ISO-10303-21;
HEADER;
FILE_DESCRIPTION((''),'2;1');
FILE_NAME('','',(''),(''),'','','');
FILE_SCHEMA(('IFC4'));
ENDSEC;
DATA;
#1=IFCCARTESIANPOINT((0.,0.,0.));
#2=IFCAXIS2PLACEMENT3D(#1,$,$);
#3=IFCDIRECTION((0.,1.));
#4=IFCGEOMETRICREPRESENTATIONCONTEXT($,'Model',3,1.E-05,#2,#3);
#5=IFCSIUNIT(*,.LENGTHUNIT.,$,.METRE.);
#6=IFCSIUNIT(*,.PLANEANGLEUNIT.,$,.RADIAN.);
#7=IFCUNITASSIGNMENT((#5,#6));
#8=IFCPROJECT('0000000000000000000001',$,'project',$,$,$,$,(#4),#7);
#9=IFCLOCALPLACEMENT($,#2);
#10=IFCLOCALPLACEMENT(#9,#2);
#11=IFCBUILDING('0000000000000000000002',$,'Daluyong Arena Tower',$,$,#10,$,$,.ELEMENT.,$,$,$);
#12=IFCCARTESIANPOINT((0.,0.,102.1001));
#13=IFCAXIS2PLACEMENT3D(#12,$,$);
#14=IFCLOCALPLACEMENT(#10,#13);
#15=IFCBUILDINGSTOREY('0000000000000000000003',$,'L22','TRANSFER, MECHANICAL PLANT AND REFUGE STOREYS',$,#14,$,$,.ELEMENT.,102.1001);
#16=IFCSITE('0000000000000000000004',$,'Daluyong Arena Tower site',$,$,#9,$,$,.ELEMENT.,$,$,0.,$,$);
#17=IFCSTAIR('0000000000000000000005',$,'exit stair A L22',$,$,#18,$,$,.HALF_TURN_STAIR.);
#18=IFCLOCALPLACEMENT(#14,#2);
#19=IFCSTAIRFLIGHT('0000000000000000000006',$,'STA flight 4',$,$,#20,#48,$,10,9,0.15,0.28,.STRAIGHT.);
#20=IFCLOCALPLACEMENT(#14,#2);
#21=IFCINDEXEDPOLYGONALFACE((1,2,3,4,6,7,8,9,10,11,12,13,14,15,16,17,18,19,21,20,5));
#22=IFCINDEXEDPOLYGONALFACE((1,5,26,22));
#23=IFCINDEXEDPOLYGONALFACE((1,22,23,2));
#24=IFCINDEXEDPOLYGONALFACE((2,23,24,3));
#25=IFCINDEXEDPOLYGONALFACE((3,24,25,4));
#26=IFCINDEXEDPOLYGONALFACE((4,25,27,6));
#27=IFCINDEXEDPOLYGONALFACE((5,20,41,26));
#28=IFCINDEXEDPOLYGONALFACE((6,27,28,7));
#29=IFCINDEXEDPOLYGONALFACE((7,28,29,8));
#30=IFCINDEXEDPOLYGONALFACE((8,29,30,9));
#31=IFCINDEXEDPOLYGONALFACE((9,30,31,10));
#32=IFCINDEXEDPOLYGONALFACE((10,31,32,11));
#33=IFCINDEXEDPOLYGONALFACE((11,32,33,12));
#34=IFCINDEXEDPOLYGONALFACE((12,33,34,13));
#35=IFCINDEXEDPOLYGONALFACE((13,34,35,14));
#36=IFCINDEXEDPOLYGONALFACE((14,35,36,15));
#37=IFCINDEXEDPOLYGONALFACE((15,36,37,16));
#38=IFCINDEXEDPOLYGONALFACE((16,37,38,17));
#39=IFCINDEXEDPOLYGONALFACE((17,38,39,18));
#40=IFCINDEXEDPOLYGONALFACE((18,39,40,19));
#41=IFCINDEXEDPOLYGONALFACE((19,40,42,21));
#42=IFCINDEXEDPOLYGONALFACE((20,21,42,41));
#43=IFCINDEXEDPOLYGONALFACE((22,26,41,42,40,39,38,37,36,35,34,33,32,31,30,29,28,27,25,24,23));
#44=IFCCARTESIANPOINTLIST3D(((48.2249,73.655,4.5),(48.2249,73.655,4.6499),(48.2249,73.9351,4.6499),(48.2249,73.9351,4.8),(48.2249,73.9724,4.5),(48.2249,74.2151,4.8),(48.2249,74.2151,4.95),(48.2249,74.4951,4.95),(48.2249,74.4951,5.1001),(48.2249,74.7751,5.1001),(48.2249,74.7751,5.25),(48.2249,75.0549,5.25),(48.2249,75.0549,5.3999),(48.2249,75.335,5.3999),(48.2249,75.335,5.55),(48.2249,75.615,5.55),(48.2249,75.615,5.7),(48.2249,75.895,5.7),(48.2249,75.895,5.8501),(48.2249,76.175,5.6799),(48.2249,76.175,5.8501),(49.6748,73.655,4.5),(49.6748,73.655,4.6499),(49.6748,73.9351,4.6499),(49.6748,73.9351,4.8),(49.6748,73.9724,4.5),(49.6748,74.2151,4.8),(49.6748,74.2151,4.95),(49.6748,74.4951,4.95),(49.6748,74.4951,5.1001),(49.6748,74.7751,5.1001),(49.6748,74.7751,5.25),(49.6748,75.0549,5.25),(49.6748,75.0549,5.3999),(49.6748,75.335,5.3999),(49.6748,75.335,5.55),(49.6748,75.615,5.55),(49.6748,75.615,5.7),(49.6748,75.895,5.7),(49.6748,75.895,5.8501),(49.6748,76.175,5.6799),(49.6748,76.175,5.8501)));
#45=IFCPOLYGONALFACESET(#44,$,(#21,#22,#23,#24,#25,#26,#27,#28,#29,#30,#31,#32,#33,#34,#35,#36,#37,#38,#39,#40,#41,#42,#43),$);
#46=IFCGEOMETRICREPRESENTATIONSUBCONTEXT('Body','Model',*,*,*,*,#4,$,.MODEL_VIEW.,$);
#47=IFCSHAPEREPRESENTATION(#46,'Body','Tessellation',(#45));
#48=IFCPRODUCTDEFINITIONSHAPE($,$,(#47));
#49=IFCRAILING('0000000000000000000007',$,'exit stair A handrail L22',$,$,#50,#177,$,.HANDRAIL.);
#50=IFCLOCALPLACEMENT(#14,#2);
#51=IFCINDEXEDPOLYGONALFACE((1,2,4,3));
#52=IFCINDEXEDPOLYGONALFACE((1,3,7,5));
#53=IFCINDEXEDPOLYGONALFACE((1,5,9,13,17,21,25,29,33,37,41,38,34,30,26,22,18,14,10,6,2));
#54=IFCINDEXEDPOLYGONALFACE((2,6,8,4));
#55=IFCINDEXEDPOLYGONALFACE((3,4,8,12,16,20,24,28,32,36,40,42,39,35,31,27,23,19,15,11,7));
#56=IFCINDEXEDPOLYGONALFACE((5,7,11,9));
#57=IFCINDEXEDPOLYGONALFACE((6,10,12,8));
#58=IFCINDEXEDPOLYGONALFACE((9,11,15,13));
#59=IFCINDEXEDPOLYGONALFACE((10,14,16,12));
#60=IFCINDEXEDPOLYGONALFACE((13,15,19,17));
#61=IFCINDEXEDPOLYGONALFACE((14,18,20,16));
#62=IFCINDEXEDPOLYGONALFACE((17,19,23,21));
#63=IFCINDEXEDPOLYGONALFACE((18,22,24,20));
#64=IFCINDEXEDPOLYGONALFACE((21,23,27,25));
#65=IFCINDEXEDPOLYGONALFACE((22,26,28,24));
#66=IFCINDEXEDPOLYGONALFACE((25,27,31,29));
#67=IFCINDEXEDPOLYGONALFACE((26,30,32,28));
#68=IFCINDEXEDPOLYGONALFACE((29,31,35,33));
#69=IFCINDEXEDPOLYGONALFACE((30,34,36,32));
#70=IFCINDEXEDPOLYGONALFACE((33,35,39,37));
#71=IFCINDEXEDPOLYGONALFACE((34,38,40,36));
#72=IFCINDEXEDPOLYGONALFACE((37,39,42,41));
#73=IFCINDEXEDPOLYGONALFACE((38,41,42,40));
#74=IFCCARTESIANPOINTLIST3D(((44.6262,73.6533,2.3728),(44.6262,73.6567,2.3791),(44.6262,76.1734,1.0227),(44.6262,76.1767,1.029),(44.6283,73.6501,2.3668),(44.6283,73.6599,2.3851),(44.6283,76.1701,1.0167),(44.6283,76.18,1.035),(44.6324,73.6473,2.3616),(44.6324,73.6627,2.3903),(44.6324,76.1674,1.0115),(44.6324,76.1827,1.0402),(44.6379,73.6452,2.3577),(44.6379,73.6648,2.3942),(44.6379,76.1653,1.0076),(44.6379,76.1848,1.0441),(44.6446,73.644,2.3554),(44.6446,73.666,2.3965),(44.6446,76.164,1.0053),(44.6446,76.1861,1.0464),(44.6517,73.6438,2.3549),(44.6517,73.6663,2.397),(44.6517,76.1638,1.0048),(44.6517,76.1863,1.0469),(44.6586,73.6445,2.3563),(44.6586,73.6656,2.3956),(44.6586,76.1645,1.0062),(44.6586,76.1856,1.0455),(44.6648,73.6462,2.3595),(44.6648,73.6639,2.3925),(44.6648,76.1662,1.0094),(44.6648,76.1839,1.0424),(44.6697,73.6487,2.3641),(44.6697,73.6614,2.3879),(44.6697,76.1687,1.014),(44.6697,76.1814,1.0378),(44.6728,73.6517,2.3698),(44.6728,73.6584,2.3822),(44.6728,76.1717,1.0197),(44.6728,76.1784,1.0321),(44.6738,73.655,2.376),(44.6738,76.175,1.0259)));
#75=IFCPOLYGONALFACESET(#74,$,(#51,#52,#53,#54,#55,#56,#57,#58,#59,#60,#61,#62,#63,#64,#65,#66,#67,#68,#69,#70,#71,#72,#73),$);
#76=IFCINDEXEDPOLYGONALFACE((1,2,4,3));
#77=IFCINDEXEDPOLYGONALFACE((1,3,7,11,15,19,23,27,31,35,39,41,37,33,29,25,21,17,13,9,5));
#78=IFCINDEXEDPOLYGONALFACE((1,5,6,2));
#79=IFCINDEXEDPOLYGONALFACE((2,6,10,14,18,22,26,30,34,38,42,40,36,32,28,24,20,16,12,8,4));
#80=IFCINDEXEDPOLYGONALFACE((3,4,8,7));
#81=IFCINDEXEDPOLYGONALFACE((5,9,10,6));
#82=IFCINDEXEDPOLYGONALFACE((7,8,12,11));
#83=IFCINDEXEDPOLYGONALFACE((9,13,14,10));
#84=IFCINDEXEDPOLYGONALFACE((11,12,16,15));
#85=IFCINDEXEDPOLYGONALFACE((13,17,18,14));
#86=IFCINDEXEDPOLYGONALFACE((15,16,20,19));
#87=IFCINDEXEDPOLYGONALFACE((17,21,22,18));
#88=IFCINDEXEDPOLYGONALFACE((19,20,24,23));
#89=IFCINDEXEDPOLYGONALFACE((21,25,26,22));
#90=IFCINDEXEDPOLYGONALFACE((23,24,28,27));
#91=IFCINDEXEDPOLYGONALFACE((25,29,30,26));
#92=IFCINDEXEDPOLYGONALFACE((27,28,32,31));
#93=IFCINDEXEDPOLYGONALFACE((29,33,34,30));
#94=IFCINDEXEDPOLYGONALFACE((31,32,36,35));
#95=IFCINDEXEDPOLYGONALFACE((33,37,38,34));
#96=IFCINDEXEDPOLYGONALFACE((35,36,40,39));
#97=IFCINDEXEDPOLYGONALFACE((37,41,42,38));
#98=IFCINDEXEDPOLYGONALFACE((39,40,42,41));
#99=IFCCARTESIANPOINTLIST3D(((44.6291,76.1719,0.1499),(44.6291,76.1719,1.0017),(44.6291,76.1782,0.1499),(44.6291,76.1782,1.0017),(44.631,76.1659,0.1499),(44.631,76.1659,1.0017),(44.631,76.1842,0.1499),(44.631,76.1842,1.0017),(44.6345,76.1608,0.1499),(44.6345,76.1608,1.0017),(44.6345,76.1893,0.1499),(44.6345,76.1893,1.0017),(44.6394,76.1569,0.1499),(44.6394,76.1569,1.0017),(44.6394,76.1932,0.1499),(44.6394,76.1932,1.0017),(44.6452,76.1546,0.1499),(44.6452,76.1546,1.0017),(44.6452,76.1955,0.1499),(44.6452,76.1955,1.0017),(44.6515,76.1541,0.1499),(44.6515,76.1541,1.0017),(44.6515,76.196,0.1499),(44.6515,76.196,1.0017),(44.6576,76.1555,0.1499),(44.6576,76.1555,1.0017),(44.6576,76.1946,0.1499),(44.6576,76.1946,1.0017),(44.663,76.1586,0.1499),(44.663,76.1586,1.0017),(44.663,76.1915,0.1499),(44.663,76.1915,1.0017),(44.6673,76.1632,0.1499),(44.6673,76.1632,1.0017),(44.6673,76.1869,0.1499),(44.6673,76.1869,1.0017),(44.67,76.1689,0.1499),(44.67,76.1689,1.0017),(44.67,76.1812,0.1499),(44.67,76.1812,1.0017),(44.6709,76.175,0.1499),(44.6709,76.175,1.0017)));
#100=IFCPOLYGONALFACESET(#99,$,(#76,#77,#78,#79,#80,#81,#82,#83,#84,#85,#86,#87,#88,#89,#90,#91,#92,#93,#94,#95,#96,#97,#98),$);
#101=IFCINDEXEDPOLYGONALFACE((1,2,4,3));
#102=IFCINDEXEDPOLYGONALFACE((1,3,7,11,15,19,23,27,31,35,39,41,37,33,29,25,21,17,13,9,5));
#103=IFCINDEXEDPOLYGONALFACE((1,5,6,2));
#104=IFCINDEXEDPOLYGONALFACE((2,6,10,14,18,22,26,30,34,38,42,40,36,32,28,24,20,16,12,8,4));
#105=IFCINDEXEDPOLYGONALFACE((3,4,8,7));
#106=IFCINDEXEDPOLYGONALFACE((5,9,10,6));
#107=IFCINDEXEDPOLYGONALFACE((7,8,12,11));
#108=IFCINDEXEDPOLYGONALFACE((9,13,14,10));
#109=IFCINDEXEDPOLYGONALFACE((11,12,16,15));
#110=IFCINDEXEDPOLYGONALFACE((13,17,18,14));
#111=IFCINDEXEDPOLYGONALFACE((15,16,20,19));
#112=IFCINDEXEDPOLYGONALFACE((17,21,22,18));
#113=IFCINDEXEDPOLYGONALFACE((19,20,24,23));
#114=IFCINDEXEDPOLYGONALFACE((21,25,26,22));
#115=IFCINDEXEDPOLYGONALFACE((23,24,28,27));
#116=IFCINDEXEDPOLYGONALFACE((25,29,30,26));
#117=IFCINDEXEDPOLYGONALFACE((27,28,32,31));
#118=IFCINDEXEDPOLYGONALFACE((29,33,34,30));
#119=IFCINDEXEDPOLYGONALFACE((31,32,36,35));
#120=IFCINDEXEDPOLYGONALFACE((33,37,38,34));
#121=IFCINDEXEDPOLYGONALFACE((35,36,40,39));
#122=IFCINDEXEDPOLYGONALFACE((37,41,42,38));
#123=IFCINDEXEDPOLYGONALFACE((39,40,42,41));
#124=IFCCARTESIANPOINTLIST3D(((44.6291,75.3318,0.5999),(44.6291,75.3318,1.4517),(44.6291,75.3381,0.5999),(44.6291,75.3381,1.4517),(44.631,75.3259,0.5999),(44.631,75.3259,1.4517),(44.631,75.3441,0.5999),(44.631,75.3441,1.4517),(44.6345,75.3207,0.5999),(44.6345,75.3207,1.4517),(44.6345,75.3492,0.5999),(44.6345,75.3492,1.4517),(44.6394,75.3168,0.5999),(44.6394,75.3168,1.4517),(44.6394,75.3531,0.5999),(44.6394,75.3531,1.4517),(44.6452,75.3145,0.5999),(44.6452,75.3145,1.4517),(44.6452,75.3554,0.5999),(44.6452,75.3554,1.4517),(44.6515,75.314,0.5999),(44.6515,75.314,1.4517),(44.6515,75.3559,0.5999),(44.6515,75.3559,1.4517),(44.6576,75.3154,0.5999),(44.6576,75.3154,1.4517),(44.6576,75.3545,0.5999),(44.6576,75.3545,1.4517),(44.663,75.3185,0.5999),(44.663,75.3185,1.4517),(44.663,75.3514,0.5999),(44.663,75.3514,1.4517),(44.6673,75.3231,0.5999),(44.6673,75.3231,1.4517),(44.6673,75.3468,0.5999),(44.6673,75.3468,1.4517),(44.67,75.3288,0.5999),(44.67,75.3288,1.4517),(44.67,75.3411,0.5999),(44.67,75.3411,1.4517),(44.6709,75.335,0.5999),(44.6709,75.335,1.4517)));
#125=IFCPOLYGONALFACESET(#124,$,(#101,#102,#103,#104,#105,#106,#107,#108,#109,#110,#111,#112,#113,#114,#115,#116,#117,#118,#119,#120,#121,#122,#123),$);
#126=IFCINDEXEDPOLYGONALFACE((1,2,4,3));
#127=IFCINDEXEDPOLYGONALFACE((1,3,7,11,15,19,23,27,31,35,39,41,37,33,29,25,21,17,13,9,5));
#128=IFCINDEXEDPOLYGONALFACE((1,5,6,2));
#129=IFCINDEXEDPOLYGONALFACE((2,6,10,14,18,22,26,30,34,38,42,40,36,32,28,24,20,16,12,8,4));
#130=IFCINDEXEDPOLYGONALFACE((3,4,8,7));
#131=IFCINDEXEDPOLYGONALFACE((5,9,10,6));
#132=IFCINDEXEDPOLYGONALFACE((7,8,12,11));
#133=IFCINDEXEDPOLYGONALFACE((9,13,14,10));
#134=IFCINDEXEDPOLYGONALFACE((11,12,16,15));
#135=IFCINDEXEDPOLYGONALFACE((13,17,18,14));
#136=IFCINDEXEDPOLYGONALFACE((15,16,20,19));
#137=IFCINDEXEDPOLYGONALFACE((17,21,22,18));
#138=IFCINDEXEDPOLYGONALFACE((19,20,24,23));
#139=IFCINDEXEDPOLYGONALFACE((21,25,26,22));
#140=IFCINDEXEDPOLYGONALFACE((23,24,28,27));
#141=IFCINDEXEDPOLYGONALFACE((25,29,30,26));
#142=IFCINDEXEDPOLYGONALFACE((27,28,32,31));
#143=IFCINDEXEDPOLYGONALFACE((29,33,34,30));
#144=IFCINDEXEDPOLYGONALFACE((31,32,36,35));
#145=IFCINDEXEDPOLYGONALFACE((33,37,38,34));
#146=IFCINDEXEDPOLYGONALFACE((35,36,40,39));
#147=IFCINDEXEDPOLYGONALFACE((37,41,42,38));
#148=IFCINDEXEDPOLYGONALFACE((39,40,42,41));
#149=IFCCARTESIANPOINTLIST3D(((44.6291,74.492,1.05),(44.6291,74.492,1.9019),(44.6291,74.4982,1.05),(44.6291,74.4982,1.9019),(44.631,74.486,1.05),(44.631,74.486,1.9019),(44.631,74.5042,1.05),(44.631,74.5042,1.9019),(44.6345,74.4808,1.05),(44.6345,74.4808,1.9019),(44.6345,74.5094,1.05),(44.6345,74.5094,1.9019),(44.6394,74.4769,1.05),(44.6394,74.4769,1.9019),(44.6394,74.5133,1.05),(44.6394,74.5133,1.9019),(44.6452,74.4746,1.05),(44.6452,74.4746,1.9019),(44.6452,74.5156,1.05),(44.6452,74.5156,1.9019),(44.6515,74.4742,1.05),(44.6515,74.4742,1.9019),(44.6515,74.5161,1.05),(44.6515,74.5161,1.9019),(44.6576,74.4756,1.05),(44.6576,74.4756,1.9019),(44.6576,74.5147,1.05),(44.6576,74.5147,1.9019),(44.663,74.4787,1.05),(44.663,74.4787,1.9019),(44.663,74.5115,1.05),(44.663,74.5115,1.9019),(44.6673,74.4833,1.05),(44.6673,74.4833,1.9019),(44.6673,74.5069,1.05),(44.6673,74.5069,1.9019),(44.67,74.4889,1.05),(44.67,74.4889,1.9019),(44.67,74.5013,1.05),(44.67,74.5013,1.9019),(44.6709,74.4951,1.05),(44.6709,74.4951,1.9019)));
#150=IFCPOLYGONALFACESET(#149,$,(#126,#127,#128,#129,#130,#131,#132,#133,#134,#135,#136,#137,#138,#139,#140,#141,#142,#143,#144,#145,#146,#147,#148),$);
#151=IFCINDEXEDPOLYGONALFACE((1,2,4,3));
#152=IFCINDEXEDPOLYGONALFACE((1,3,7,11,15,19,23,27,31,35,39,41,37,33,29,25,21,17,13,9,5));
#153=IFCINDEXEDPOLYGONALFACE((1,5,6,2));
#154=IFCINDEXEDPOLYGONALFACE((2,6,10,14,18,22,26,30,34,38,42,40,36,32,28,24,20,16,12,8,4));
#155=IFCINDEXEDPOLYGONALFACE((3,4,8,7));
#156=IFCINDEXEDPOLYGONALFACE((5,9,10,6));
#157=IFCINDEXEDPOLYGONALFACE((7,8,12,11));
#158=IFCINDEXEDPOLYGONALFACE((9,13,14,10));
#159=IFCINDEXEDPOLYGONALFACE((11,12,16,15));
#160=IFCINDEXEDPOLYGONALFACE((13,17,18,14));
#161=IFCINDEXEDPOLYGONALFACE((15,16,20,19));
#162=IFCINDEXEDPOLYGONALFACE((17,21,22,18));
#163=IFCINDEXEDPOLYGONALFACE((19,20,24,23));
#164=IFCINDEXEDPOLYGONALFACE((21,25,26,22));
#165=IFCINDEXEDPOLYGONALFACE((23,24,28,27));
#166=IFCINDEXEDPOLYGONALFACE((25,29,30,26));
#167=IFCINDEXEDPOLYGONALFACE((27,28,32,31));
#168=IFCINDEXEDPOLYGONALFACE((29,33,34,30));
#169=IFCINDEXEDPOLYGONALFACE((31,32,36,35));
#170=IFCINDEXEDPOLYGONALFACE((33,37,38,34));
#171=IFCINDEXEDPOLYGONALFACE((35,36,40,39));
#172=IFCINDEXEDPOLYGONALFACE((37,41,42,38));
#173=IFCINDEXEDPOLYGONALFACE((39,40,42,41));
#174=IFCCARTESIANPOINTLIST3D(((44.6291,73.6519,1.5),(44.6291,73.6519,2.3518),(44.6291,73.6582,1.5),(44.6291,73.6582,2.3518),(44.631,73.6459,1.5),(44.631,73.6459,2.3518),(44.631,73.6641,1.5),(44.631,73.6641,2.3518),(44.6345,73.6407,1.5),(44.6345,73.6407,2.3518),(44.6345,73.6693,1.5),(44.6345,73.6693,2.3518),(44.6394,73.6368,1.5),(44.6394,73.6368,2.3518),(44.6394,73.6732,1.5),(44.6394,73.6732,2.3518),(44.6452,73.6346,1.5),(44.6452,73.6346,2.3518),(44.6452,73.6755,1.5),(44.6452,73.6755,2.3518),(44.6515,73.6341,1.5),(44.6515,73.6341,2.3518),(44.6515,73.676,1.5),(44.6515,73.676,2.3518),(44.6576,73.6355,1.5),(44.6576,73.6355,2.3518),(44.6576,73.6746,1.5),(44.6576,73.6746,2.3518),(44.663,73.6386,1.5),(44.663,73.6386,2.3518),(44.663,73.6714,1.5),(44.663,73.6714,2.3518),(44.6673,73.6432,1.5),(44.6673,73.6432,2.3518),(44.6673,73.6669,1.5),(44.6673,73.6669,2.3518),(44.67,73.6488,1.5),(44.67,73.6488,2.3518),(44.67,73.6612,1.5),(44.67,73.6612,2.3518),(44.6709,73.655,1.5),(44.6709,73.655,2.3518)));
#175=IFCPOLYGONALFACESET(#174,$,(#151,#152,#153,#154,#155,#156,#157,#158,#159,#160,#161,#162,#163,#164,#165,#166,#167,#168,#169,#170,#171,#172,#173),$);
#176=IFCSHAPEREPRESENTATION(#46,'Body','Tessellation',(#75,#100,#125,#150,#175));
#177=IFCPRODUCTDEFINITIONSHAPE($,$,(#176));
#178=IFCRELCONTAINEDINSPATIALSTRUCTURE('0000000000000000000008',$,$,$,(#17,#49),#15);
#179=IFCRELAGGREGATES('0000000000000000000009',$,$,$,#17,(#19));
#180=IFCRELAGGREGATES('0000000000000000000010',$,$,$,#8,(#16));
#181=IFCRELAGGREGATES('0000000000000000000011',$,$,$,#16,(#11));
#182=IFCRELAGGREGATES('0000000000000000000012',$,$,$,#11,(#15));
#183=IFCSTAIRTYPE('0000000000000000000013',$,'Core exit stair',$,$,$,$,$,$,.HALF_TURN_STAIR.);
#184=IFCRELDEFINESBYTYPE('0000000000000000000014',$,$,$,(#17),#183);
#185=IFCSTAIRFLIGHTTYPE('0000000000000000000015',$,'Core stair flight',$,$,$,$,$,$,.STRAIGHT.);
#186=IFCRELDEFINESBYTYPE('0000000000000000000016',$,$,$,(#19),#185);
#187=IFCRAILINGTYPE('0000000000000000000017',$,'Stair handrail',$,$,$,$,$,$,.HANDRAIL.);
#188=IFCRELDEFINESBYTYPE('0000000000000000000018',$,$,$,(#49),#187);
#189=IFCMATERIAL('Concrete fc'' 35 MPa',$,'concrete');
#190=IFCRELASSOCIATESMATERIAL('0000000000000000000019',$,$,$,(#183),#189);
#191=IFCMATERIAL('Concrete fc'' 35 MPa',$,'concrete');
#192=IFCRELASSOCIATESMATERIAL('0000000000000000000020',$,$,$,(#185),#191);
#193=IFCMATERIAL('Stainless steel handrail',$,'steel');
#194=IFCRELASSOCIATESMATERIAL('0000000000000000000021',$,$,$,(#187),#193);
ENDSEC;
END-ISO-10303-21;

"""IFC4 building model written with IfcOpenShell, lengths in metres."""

from ifc_helpers import new_model, si_unit, direction, frame, origin, origin_2d, place, context, subcontext, project, spatial, polyline, circle, outline, extrude, material, type_object, element, aggregate, save


model = new_model("IFC4")

# Units and contexts
model_context = context("Model", 3, precision=1e-05, world=origin(), true_north=direction((0.0, 1.0)))
body_context = subcontext(model_context, "Body", "Model", "MODEL_VIEW")
ifc_project = project(units=[si_unit("LENGTHUNIT", "METRE"), si_unit("PLANEANGLEUNIT", "RADIAN")], contexts=[model_context])

# Site, building, storey
site_placement = place(None, origin())
site = spatial("IfcSite", under=ifc_project, at=site_placement, Name="Daluyong Arena Tower site", CompositionType="ELEMENT", RefElevation=0.0)
building_placement = place(site_placement, origin())
building = spatial("IfcBuilding", under=site, at=building_placement, Name="Daluyong Arena Tower", CompositionType="ELEMENT")
storey_placement = place(building_placement, frame((0.0, 0.0, 102.1001)))
storey = spatial("IfcBuildingStorey", under=building, at=storey_placement, Name="L22", Description="TRANSFER, MECHANICAL PLANT AND REFUGE STOREYS", CompositionType="ELEMENT", Elevation=102.1001)

# Stair, stair flight
ifc_material_1 = material(Name="Concrete fc' 35 MPa", Category="concrete")
stair_type = type_object("IfcStairType", Name="Core exit stair", PredefinedType="HALF_TURN_STAIR", material=ifc_material_1)
stair_placement = place(storey_placement, origin())
stair = element("IfcStair", 1, at=stair_placement, inside=storey, type_object=stair_type, Name="exit stair A L22", PredefinedType="HALF_TURN_STAIR")
ifc_material_2 = material(Name="Concrete fc' 35 MPa", Category="concrete")
stair_flight_type = type_object("IfcStairFlightType", Name="Core stair flight", PredefinedType="STRAIGHT", material=ifc_material_2)
stair_flight_1_placement = place(storey_placement, frame((48.95, 73.655, 4.5), z_axis=(0.0, 0.0, 1.0), x_axis=(0.0, 1.0, 0.0)))
stair_flight_1 = element("IfcStairFlight", 2, at=stair_flight_1_placement, type_object=stair_flight_type, Name="STA flight 4", NumberOfRisers=10, NumberOfTreads=9, PredefinedType="STRAIGHT", RiserHeight=0.15, TreadLength=0.28, context=body_context, shape_type="SweptSolid", body=[
    extrude(outline(polyline([(0.0, 0.0), (0.0, 0.1499), (0.28, 0.1499), (0.28, 0.3), (0.5601, 0.3), (0.5601, 0.45), (0.8401, 0.45), (0.8401, 0.6001), (1.1201, 0.6001), (1.1201, 0.75), (1.3999, 0.75), (1.3999, 0.8999), (1.6799, 0.8999), (1.6799, 1.05), (1.96, 1.05), (1.96, 1.2), (2.24, 1.2), (2.24, 1.3501), (2.52, 1.3501), (2.52, 1.5), (2.52, 1.1799), (0.3174, 0.0), (0.0, 0.0)])), frame((0.0, 0.7251, 0.0), z_axis=(0.0, -1.0, 0.0), x_axis=(1.0, 0.0, 0.0)), (0.0, 0.0, 1.0), 1.45),
])
aggregate(stair, [stair_flight_1])

# Railing
ifc_material_3 = material(Name="Stainless steel handrail", Category="steel")
railing_type_1 = type_object("IfcRailingType", Name="Stair handrail", PredefinedType="HANDRAIL", material=ifc_material_3)
railing_1_placement = place(storey_placement, frame((44.6499, 76.175, 0.1499)))
element("IfcRailing", 3, at=railing_1_placement, inside=storey, type_object=railing_type_1, Name="exit stair A handrail L22", PredefinedType="HANDRAIL", context=body_context, shape_type="SweptSolid", body=[
    extrude(circle(Radius=0.0239, at=origin_2d()), frame((0.0, 0.0, 0.876), z_axis=(0.0, -0.881467, 0.472245), x_axis=(1.0, 0.0, 0.0)), (0.0, 0.0, 1.0), 2.8589),
    extrude(circle(Radius=0.021, at=origin_2d()), origin(), (0.0, 0.0, 1.0), 0.8518),
    extrude(circle(Radius=0.021, at=origin_2d()), frame((0.0, -0.8401, 0.45)), (0.0, 0.0, 1.0), 0.8518),
    extrude(circle(Radius=0.021, at=origin_2d()), frame((0.0, -1.6799, 0.9001)), (0.0, 0.0, 1.0), 0.8518),
    extrude(circle(Radius=0.021, at=origin_2d()), frame((0.0, -2.52, 1.3501)), (0.0, 0.0, 1.0), 0.8518),
])

save(model, "model.ifc")
